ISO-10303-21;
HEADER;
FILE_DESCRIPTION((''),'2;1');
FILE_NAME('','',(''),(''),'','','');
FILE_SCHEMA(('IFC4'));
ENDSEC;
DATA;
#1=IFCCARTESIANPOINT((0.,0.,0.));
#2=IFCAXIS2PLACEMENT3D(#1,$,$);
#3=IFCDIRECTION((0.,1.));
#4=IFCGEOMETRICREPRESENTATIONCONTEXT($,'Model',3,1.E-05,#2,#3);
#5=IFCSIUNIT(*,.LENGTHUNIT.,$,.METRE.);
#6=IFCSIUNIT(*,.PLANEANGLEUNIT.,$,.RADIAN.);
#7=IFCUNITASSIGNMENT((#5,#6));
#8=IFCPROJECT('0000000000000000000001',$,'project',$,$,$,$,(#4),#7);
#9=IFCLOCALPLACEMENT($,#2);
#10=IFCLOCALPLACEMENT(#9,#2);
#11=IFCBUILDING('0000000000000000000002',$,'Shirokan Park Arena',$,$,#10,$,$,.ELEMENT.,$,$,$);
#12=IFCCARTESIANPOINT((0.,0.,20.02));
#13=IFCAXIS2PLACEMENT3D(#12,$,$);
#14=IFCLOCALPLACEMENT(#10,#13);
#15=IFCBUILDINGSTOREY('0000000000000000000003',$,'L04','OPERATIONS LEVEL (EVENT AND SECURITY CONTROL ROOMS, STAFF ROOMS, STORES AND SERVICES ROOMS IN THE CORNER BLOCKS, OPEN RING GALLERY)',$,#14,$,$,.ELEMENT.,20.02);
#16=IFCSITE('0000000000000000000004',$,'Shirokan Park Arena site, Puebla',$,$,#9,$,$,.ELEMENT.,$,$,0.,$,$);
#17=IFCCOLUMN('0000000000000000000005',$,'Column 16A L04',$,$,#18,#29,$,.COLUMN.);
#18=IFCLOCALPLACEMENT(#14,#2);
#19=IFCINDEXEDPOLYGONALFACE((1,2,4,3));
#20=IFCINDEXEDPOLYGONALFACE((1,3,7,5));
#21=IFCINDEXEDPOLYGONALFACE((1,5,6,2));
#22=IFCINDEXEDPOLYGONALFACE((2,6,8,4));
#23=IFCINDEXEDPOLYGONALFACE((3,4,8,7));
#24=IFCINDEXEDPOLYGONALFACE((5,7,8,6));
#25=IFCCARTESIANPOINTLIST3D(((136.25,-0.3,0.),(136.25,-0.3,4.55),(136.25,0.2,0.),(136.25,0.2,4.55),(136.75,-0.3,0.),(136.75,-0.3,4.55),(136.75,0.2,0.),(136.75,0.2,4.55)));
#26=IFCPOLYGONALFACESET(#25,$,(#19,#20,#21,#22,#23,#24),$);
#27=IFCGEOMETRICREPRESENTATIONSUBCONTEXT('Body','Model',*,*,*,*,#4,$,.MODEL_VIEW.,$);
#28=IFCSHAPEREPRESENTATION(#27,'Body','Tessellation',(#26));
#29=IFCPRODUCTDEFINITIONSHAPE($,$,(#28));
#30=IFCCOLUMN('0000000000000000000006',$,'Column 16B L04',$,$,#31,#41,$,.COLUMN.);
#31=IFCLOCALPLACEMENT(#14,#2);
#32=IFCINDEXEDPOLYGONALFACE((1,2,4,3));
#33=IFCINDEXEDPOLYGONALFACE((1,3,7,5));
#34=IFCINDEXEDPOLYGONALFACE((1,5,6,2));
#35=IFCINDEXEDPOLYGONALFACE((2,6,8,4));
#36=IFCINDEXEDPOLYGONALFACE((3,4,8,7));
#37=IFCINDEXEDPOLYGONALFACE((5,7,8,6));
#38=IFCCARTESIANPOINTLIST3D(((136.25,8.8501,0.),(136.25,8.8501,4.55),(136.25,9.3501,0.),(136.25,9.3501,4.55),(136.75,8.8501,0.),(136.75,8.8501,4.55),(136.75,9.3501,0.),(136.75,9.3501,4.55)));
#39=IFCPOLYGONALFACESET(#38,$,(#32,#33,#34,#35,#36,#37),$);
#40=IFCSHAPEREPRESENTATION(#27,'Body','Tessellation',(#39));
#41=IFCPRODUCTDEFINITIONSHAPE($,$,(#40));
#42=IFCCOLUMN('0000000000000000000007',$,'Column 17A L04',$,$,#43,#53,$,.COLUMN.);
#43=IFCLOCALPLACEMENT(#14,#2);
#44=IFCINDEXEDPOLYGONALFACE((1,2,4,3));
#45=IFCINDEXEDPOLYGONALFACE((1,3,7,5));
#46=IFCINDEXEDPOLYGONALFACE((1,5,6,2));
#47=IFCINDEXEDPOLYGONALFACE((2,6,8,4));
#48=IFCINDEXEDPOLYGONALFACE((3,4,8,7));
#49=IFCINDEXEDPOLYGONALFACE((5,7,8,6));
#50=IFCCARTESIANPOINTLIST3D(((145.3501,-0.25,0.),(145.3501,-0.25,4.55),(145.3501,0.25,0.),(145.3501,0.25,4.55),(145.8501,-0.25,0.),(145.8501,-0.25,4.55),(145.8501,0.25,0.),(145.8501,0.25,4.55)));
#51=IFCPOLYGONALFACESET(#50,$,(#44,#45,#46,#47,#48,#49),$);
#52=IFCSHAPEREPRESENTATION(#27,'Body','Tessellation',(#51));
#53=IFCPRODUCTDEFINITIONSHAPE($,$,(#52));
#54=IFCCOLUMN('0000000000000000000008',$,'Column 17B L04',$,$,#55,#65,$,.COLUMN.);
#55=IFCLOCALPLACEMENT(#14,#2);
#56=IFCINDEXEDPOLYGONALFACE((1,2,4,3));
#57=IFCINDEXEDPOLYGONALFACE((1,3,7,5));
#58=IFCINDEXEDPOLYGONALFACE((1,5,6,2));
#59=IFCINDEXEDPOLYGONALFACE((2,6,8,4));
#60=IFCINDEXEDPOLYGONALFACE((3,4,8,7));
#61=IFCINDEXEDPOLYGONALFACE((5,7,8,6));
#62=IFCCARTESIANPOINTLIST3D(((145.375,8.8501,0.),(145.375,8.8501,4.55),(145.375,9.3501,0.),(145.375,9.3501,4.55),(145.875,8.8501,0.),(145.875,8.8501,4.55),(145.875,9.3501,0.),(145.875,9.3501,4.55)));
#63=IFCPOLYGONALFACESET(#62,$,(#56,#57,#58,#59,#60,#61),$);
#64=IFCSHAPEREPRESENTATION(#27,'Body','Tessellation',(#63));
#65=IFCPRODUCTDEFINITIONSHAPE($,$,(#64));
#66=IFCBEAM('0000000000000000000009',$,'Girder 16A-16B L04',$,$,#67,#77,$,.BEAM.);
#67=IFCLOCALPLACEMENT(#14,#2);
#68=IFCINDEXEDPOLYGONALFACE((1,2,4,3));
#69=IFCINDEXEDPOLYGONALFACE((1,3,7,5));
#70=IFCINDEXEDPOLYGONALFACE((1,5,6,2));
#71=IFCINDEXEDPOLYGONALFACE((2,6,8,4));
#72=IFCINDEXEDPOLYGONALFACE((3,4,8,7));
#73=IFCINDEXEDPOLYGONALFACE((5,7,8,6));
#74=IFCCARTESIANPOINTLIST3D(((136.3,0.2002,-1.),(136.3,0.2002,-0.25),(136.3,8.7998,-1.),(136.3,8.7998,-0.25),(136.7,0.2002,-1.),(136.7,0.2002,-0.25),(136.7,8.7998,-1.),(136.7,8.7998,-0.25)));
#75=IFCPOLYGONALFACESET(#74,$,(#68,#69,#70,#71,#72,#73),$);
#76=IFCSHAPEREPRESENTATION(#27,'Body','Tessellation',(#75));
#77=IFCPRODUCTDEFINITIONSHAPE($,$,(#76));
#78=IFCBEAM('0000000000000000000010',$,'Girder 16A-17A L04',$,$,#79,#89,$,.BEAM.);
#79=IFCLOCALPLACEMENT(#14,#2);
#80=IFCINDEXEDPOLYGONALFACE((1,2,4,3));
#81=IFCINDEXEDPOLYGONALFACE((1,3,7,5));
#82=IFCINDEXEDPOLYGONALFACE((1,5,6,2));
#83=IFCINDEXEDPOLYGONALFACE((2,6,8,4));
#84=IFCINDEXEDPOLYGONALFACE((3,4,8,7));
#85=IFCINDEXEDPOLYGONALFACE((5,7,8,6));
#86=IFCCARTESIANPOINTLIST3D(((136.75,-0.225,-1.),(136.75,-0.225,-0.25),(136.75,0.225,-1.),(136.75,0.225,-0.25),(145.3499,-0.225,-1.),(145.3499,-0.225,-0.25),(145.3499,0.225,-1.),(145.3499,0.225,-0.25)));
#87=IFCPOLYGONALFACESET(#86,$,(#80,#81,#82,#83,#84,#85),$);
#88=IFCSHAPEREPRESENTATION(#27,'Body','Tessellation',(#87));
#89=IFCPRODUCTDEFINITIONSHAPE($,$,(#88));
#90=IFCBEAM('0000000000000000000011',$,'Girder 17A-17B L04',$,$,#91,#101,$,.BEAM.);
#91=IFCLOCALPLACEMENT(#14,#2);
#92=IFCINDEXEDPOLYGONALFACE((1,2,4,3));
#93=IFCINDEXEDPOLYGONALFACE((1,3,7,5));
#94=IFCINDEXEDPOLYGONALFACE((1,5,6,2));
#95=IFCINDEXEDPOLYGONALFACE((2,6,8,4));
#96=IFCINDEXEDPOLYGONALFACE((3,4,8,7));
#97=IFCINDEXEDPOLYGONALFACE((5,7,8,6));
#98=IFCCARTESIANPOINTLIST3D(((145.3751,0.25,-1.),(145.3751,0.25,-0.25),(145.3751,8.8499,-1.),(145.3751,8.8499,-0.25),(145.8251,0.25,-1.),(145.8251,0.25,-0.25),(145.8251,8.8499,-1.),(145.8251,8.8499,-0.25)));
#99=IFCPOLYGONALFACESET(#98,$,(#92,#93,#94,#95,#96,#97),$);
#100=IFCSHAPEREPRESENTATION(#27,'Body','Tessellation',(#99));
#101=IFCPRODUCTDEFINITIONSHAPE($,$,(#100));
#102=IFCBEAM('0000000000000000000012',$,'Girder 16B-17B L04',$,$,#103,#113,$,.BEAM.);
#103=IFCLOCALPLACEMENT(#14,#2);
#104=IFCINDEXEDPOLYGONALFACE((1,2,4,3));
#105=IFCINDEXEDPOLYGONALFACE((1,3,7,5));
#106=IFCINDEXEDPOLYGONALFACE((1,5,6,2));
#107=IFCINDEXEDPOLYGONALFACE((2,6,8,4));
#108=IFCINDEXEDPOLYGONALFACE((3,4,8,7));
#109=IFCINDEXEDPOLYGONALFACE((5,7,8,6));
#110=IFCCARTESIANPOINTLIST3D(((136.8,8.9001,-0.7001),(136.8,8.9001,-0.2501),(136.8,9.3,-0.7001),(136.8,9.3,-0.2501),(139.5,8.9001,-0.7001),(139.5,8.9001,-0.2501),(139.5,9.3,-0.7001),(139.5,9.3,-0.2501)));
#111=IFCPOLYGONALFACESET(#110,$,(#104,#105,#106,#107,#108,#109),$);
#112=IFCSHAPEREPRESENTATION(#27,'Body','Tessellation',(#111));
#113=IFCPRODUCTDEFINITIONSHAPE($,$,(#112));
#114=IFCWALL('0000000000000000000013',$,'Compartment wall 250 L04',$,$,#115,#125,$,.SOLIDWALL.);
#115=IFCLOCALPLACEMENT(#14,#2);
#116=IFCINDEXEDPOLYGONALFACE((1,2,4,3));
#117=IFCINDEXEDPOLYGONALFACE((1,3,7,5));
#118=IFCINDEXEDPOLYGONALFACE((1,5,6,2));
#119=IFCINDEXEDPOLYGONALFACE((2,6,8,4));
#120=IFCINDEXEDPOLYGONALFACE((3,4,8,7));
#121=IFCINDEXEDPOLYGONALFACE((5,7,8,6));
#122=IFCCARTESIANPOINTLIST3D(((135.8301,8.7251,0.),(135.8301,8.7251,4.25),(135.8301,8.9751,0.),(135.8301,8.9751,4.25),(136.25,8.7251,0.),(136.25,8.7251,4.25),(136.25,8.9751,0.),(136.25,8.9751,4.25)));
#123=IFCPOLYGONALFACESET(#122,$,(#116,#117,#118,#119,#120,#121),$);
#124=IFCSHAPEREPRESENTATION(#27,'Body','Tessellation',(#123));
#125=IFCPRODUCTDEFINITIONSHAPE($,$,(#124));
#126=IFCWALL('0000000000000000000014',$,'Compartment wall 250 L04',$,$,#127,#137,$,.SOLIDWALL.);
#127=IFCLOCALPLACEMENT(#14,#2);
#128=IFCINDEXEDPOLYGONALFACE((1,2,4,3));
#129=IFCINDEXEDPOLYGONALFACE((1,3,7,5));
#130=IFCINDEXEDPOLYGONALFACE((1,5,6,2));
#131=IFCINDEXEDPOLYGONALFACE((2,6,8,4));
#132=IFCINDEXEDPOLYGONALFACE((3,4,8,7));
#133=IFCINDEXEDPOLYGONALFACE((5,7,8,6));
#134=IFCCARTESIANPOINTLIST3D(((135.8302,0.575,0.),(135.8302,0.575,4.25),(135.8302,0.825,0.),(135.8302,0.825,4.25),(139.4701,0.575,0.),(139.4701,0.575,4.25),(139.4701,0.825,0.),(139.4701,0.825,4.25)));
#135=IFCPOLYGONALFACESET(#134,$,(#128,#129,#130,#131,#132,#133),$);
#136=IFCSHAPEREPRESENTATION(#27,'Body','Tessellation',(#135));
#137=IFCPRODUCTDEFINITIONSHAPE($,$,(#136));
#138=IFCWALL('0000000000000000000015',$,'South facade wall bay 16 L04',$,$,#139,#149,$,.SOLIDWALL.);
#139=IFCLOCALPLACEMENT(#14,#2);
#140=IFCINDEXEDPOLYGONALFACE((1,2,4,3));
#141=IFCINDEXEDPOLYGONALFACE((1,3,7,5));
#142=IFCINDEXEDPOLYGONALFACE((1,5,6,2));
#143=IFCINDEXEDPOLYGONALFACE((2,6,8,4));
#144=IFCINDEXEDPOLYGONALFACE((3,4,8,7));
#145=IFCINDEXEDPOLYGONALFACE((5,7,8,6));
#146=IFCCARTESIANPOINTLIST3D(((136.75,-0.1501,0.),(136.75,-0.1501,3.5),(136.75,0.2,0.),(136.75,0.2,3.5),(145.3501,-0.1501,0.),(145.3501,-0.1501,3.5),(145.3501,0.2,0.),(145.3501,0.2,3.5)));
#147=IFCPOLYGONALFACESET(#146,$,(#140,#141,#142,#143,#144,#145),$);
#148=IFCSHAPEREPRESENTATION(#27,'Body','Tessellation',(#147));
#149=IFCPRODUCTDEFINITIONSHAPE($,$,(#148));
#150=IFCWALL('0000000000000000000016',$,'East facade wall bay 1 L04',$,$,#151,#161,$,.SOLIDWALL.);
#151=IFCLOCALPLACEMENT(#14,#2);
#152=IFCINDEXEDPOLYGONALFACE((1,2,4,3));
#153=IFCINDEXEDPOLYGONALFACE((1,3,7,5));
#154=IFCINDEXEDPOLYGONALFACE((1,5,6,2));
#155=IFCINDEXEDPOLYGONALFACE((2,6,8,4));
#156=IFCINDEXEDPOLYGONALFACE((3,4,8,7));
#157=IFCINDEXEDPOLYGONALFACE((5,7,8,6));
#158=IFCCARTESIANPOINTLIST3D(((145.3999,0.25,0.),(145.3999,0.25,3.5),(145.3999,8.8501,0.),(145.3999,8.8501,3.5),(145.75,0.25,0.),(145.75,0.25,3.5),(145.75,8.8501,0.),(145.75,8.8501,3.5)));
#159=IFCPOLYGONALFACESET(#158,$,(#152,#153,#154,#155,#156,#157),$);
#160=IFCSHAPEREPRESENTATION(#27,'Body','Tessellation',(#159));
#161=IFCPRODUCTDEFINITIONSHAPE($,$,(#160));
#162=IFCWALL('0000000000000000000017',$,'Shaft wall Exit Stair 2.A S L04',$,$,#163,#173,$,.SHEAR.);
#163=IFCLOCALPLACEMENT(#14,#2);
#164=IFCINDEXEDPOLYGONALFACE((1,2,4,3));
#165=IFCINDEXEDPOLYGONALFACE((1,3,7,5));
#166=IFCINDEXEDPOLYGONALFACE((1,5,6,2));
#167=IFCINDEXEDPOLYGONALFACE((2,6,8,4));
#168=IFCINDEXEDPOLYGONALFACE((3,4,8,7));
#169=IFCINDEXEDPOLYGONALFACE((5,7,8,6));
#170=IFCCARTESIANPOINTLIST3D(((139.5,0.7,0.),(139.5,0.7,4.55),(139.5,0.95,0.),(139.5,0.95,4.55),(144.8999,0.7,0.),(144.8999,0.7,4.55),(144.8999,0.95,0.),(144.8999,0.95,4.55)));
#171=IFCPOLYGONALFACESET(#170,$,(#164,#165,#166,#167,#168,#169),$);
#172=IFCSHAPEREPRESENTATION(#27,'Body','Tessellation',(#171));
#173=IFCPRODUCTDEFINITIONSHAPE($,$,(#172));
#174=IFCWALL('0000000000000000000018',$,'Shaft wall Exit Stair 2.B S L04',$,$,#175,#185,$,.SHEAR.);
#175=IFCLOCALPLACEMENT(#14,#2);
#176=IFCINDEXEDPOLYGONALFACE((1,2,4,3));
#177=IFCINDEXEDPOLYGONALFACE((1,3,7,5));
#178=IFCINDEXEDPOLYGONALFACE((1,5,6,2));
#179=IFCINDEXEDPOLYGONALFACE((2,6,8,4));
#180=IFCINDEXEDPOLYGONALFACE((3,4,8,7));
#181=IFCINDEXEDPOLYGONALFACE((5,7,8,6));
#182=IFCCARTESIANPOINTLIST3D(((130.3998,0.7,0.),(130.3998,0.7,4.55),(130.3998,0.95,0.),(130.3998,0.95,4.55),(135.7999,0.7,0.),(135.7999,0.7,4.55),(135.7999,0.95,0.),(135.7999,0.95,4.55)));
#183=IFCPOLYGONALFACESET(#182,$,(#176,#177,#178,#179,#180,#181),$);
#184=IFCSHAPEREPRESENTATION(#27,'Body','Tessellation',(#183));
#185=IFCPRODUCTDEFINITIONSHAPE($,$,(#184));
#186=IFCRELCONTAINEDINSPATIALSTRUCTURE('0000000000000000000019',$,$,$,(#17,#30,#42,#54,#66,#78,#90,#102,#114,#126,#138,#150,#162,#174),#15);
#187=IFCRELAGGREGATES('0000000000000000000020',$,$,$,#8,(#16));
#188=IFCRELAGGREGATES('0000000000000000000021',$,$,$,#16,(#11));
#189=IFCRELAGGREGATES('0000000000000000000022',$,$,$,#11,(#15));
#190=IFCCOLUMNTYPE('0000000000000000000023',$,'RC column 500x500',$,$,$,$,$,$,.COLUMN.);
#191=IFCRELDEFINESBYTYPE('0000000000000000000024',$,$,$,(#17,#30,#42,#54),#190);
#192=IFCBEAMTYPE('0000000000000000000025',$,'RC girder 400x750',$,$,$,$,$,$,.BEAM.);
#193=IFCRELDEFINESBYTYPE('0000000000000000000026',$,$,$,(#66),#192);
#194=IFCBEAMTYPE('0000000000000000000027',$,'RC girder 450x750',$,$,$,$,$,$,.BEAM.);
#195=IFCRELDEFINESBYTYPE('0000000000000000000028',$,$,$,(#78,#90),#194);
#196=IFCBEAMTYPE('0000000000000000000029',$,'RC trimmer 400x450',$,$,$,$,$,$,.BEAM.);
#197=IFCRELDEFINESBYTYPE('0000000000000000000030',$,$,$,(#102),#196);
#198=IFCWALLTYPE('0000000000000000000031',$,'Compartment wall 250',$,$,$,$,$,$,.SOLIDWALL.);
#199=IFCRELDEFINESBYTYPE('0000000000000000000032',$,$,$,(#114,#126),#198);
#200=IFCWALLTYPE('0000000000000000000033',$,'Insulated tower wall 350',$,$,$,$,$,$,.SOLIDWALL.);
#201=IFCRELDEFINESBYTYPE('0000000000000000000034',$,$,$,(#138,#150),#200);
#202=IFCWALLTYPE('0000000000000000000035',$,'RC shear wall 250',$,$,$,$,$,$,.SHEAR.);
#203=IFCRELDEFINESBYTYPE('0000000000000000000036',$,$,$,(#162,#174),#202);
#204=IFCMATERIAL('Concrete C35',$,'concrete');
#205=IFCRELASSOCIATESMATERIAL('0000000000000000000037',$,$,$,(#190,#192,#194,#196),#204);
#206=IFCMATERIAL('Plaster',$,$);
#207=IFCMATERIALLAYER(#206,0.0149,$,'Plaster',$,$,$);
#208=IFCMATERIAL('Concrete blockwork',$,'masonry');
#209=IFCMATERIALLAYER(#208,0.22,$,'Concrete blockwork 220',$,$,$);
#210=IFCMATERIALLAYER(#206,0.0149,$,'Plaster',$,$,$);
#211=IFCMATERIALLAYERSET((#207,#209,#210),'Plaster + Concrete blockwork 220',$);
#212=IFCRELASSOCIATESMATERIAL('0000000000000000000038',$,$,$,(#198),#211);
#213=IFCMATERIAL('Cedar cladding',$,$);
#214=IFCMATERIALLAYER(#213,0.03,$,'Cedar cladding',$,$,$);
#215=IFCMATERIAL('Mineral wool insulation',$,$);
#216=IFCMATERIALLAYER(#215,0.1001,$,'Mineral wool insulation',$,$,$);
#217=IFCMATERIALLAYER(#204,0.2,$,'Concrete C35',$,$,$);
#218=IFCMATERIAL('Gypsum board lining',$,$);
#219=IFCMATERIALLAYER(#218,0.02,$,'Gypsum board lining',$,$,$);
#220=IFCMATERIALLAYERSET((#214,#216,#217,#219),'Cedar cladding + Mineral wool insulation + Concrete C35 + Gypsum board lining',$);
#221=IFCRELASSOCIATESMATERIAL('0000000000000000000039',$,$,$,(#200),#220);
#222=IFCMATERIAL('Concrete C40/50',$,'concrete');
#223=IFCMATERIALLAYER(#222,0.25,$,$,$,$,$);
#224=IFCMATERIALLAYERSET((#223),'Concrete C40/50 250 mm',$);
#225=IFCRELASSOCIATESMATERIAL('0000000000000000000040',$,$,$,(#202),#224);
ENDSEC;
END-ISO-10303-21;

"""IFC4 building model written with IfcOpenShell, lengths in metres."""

from ifc_helpers import new_model, si_unit, direction, frame, frame_2d, origin, origin_2d, place, context, subcontext, project, spatial, rectangle, extrude, material, layer, layer_set, material_profile, profile_set, type_object, element, save


model = new_model("IFC4")

# Units and contexts
model_context = context("Model", 3, precision=1e-05, world=origin(), true_north=direction((0.0, 1.0)))
body_context = subcontext(model_context, "Body", "Model", "MODEL_VIEW")
ifc_project = project(units=[si_unit("LENGTHUNIT", "METRE"), si_unit("PLANEANGLEUNIT", "RADIAN")], contexts=[model_context])

# Site, building, storey
site_placement = place(None, origin())
site = spatial("IfcSite", under=ifc_project, at=site_placement, Name="Shirokan Park Arena site, Puebla", CompositionType="ELEMENT", RefElevation=0.0)
building_placement = place(site_placement, origin())
building = spatial("IfcBuilding", under=site, at=building_placement, Name="Shirokan Park Arena", CompositionType="ELEMENT")
storey_placement = place(building_placement, frame((0.0, 0.0, 20.02)))
storey = spatial("IfcBuildingStorey", under=building, at=storey_placement, Name="L04", Description="OPERATIONS LEVEL (EVENT AND SECURITY CONTROL ROOMS, STAFF ROOMS, STORES AND SERVICES ROOMS IN THE CORNER BLOCKS, OPEN RING GALLERY)", CompositionType="ELEMENT", Elevation=20.02)

# Columns
ifc_material_1 = material(Name="Concrete C35", Category="concrete")
ifc_material_profile_1 = material_profile(ifc_material_1, rectangle(XDim=0.5, YDim=0.5, at=origin_2d()), Name="500x500")
ifc_profile_set_1 = profile_set([ifc_material_profile_1], Name="Concrete C35")
column_type = type_object("IfcColumnType", Name="RC column 500x500", PredefinedType="COLUMN", material=ifc_profile_set_1)
for number, where, z_axis, x_axis, name in (
    (1, (136.5, -0.05, 0.0), (0.0, 0.0, 1.0), (1.0, 0.0, 0.0), "Column 16A L04"),
    (2, (136.5, 9.1001, 0.0), (0.0, 0.0, 1.0), (1.0, 0.0, 0.0), "Column 16B L04"),
    (3, (145.6001, 0.0, 0.0), (0.0, 0.0, 1.0), (1.0, 0.0, 0.0), "Column 17A L04"),
    (4, (145.625, 9.1001, 0.0), (0.0, 0.0, 1.0), (1.0, 0.0, 0.0), "Column 17B L04"),
):
    element("IfcColumn", number, at=place(storey_placement, frame(where, z_axis=z_axis, x_axis=x_axis)), inside=storey, type_object=column_type, Name=name, PredefinedType="COLUMN", context=body_context, shape_type="SweptSolid", body=[
        extrude(rectangle(XDim=0.5, YDim=0.5, at=origin_2d()), origin(), (0.0, 0.0, 1.0), 4.55),
    ])

# Beams
ifc_material_profile_2 = material_profile(ifc_material_1, rectangle(XDim=0.3999, YDim=0.75, at=origin_2d()), Name="400x750")
ifc_profile_set_2 = profile_set([ifc_material_profile_2], Name="Concrete C35")
beam_type_1 = type_object("IfcBeamType", Name="RC girder 400x750", PredefinedType="BEAM", material=ifc_profile_set_2)
beam_1_placement = place(storey_placement, frame((136.5, 0.2002, -0.625), z_axis=(0.0, 1.0, 0.0), x_axis=(-1.0, 0.0, 0.0)))
element("IfcBeam", 5, at=beam_1_placement, inside=storey, type_object=beam_type_1, Name="Girder 16A-16B L04", PredefinedType="BEAM", context=body_context, shape_type="SweptSolid", body=[
    extrude(rectangle(XDim=0.3999, YDim=0.75, at=origin_2d()), origin(), (0.0, 0.0, 1.0), 8.5996),
])
ifc_material_profile_3 = material_profile(ifc_material_1, rectangle(XDim=0.45, YDim=0.75, at=origin_2d()), Name="450x750")
ifc_profile_set_3 = profile_set([ifc_material_profile_3], Name="Concrete C35")
beam_type_2 = type_object("IfcBeamType", Name="RC girder 450x750", PredefinedType="BEAM", material=ifc_profile_set_3)
for number, where, z_axis, x_axis, name in (
    (6, (136.75, 0.0, -0.625), (1.0, 0.0, 0.0), (0.0, 1.0, 0.0), "Girder 16A-17A L04"),
    (7, (145.6001, 0.25, -0.625), (0.0, 1.0, 0.0), (-1.0, 0.0, 0.0), "Girder 17A-17B L04"),
):
    element("IfcBeam", number, at=place(storey_placement, frame(where, z_axis=z_axis, x_axis=x_axis)), inside=storey, type_object=beam_type_2, Name=name, PredefinedType="BEAM", context=body_context, shape_type="SweptSolid", body=[
        extrude(rectangle(XDim=0.45, YDim=0.75, at=origin_2d()), origin(), (0.0, 0.0, 1.0), 8.5999),
    ])
ifc_material_profile_4 = material_profile(ifc_material_1, rectangle(XDim=0.3999, YDim=0.45, at=origin_2d()), Name="400x450")
ifc_profile_set_4 = profile_set([ifc_material_profile_4], Name="Concrete C35")
beam_type_3 = type_object("IfcBeamType", Name="RC trimmer 400x450", PredefinedType="BEAM", material=ifc_profile_set_4)
beam_2_placement = place(storey_placement, frame((136.8, 9.1001, -0.4751), z_axis=(1.0, 0.0, 0.0), x_axis=(0.0, 1.0, 0.0)))
element("IfcBeam", 8, at=beam_2_placement, inside=storey, type_object=beam_type_3, Name="Girder 16B-17B L04", PredefinedType="BEAM", context=body_context, shape_type="SweptSolid", body=[
    extrude(rectangle(XDim=0.3999, YDim=0.45, at=origin_2d()), origin(), (0.0, 0.0, 1.0), 2.7),
])

# Walls
ifc_material_2 = material(Name="Plaster")
ifc_layer_1 = layer(ifc_material_2, 0.0149, Name="Plaster")
ifc_material_3 = material(Name="Concrete blockwork", Category="masonry")
ifc_layer_2 = layer(ifc_material_3, 0.22, Name="Concrete blockwork 220")
ifc_layer_3 = layer(ifc_material_2, 0.0149, Name="Plaster")
ifc_layer_set_1 = layer_set([ifc_layer_1, ifc_layer_2, ifc_layer_3], Name="Plaster + Concrete blockwork 220")
wall_type_1 = type_object("IfcWallType", Name="Compartment wall 250", PredefinedType="SOLIDWALL", material=ifc_layer_set_1)
wall_1_placement = place(storey_placement, frame((135.8301, 8.8501, 0.0), z_axis=(0.0, 0.0, 1.0), x_axis=(1.0, 0.0, 0.0)))
element("IfcWall", 9, at=wall_1_placement, inside=storey, type_object=wall_type_1, Name="Compartment wall 250 L04", PredefinedType="SOLIDWALL", context=body_context, shape_type="SweptSolid", body=[
    extrude(rectangle(XDim=0.4199, YDim=0.25, at=frame_2d((0.21, 0.0))), origin(), (0.0, 0.0, 1.0), 4.25),
])
wall_2_placement = place(storey_placement, frame((139.47, 0.7, 0.0), z_axis=(0.0, 0.0, 1.0), x_axis=(-1.0, 0.0, 0.0)))
element("IfcWall", 10, at=wall_2_placement, inside=storey, type_object=wall_type_1, Name="Compartment wall 250 L04", PredefinedType="SOLIDWALL", context=body_context, shape_type="SweptSolid", body=[
    extrude(rectangle(XDim=3.6399, YDim=0.25, at=frame_2d((1.8198, 0.0))), origin(), (0.0, 0.0, 1.0), 4.25),
])
ifc_material_4 = material(Name="Cedar cladding")
ifc_layer_4 = layer(ifc_material_4, 0.03, Name="Cedar cladding")
ifc_material_5 = material(Name="Mineral wool insulation")
ifc_layer_5 = layer(ifc_material_5, 0.1001, Name="Mineral wool insulation")
ifc_layer_6 = layer(ifc_material_1, 0.2, Name="Concrete C35")
ifc_material_6 = material(Name="Gypsum board lining")
ifc_layer_7 = layer(ifc_material_6, 0.02, Name="Gypsum board lining")
ifc_layer_set_2 = layer_set([ifc_layer_4, ifc_layer_5, ifc_layer_6, ifc_layer_7], Name="Cedar cladding + Mineral wool insulation + Concrete C35 + Gypsum board lining")
wall_type_2 = type_object("IfcWallType", Name="Insulated tower wall 350", PredefinedType="SOLIDWALL", material=ifc_layer_set_2)
for number, where, z_axis, x_axis, name in (
    (11, (136.75, 0.0249, 0.0), (0.0, 0.0, 1.0), (1.0, 0.0, 0.0), "South facade wall bay 16 L04"),
    (12, (145.575, 0.25, 0.0), (0.0, 0.0, 1.0), (0.0, 1.0, 0.0), "East facade wall bay 1 L04"),
):
    element("IfcWall", number, at=place(storey_placement, frame(where, z_axis=z_axis, x_axis=x_axis)), inside=storey, type_object=wall_type_2, Name=name, PredefinedType="SOLIDWALL", context=body_context, shape_type="SweptSolid", body=[
        extrude(rectangle(XDim=8.6001, YDim=0.3501, at=frame_2d((4.3, 0.0))), origin(), (0.0, 0.0, 1.0), 3.5),
    ])
ifc_material_7 = material(Name="Concrete C40/50", Category="concrete")
ifc_layer_8 = layer(ifc_material_7, 0.25)
ifc_layer_set_3 = layer_set([ifc_layer_8], Name="Concrete C40/50 250 mm")
wall_type_3 = type_object("IfcWallType", Name="RC shear wall 250", PredefinedType="SHEAR", material=ifc_layer_set_3)
wall_3_placement = place(storey_placement, frame((144.8999, 0.825, 0.0), z_axis=(0.0, 0.0, 1.0), x_axis=(-1.0, 0.0, 0.0)))
element("IfcWall", 13, at=wall_3_placement, inside=storey, type_object=wall_type_3, Name="Shaft wall Exit Stair 2.A S L04", PredefinedType="SHEAR", context=body_context, shape_type="SweptSolid", body=[
    extrude(rectangle(XDim=5.3999, YDim=0.25, at=frame_2d((2.7, 0.0))), origin(), (0.0, 0.0, 1.0), 4.55),
])
wall_4_placement = place(storey_placement, frame((135.8, 0.825, 0.0), z_axis=(0.0, 0.0, 1.0), x_axis=(-1.0, 0.0, 0.0)))
element("IfcWall", 14, at=wall_4_placement, inside=storey, type_object=wall_type_3, Name="Shaft wall Exit Stair 2.B S L04", PredefinedType="SHEAR", context=body_context, shape_type="SweptSolid", body=[
    extrude(rectangle(XDim=5.4001, YDim=0.25, at=frame_2d((2.7002, 0.0))), origin(), (0.0, 0.0, 1.0), 4.55),
])

save(model, "model.ifc")
